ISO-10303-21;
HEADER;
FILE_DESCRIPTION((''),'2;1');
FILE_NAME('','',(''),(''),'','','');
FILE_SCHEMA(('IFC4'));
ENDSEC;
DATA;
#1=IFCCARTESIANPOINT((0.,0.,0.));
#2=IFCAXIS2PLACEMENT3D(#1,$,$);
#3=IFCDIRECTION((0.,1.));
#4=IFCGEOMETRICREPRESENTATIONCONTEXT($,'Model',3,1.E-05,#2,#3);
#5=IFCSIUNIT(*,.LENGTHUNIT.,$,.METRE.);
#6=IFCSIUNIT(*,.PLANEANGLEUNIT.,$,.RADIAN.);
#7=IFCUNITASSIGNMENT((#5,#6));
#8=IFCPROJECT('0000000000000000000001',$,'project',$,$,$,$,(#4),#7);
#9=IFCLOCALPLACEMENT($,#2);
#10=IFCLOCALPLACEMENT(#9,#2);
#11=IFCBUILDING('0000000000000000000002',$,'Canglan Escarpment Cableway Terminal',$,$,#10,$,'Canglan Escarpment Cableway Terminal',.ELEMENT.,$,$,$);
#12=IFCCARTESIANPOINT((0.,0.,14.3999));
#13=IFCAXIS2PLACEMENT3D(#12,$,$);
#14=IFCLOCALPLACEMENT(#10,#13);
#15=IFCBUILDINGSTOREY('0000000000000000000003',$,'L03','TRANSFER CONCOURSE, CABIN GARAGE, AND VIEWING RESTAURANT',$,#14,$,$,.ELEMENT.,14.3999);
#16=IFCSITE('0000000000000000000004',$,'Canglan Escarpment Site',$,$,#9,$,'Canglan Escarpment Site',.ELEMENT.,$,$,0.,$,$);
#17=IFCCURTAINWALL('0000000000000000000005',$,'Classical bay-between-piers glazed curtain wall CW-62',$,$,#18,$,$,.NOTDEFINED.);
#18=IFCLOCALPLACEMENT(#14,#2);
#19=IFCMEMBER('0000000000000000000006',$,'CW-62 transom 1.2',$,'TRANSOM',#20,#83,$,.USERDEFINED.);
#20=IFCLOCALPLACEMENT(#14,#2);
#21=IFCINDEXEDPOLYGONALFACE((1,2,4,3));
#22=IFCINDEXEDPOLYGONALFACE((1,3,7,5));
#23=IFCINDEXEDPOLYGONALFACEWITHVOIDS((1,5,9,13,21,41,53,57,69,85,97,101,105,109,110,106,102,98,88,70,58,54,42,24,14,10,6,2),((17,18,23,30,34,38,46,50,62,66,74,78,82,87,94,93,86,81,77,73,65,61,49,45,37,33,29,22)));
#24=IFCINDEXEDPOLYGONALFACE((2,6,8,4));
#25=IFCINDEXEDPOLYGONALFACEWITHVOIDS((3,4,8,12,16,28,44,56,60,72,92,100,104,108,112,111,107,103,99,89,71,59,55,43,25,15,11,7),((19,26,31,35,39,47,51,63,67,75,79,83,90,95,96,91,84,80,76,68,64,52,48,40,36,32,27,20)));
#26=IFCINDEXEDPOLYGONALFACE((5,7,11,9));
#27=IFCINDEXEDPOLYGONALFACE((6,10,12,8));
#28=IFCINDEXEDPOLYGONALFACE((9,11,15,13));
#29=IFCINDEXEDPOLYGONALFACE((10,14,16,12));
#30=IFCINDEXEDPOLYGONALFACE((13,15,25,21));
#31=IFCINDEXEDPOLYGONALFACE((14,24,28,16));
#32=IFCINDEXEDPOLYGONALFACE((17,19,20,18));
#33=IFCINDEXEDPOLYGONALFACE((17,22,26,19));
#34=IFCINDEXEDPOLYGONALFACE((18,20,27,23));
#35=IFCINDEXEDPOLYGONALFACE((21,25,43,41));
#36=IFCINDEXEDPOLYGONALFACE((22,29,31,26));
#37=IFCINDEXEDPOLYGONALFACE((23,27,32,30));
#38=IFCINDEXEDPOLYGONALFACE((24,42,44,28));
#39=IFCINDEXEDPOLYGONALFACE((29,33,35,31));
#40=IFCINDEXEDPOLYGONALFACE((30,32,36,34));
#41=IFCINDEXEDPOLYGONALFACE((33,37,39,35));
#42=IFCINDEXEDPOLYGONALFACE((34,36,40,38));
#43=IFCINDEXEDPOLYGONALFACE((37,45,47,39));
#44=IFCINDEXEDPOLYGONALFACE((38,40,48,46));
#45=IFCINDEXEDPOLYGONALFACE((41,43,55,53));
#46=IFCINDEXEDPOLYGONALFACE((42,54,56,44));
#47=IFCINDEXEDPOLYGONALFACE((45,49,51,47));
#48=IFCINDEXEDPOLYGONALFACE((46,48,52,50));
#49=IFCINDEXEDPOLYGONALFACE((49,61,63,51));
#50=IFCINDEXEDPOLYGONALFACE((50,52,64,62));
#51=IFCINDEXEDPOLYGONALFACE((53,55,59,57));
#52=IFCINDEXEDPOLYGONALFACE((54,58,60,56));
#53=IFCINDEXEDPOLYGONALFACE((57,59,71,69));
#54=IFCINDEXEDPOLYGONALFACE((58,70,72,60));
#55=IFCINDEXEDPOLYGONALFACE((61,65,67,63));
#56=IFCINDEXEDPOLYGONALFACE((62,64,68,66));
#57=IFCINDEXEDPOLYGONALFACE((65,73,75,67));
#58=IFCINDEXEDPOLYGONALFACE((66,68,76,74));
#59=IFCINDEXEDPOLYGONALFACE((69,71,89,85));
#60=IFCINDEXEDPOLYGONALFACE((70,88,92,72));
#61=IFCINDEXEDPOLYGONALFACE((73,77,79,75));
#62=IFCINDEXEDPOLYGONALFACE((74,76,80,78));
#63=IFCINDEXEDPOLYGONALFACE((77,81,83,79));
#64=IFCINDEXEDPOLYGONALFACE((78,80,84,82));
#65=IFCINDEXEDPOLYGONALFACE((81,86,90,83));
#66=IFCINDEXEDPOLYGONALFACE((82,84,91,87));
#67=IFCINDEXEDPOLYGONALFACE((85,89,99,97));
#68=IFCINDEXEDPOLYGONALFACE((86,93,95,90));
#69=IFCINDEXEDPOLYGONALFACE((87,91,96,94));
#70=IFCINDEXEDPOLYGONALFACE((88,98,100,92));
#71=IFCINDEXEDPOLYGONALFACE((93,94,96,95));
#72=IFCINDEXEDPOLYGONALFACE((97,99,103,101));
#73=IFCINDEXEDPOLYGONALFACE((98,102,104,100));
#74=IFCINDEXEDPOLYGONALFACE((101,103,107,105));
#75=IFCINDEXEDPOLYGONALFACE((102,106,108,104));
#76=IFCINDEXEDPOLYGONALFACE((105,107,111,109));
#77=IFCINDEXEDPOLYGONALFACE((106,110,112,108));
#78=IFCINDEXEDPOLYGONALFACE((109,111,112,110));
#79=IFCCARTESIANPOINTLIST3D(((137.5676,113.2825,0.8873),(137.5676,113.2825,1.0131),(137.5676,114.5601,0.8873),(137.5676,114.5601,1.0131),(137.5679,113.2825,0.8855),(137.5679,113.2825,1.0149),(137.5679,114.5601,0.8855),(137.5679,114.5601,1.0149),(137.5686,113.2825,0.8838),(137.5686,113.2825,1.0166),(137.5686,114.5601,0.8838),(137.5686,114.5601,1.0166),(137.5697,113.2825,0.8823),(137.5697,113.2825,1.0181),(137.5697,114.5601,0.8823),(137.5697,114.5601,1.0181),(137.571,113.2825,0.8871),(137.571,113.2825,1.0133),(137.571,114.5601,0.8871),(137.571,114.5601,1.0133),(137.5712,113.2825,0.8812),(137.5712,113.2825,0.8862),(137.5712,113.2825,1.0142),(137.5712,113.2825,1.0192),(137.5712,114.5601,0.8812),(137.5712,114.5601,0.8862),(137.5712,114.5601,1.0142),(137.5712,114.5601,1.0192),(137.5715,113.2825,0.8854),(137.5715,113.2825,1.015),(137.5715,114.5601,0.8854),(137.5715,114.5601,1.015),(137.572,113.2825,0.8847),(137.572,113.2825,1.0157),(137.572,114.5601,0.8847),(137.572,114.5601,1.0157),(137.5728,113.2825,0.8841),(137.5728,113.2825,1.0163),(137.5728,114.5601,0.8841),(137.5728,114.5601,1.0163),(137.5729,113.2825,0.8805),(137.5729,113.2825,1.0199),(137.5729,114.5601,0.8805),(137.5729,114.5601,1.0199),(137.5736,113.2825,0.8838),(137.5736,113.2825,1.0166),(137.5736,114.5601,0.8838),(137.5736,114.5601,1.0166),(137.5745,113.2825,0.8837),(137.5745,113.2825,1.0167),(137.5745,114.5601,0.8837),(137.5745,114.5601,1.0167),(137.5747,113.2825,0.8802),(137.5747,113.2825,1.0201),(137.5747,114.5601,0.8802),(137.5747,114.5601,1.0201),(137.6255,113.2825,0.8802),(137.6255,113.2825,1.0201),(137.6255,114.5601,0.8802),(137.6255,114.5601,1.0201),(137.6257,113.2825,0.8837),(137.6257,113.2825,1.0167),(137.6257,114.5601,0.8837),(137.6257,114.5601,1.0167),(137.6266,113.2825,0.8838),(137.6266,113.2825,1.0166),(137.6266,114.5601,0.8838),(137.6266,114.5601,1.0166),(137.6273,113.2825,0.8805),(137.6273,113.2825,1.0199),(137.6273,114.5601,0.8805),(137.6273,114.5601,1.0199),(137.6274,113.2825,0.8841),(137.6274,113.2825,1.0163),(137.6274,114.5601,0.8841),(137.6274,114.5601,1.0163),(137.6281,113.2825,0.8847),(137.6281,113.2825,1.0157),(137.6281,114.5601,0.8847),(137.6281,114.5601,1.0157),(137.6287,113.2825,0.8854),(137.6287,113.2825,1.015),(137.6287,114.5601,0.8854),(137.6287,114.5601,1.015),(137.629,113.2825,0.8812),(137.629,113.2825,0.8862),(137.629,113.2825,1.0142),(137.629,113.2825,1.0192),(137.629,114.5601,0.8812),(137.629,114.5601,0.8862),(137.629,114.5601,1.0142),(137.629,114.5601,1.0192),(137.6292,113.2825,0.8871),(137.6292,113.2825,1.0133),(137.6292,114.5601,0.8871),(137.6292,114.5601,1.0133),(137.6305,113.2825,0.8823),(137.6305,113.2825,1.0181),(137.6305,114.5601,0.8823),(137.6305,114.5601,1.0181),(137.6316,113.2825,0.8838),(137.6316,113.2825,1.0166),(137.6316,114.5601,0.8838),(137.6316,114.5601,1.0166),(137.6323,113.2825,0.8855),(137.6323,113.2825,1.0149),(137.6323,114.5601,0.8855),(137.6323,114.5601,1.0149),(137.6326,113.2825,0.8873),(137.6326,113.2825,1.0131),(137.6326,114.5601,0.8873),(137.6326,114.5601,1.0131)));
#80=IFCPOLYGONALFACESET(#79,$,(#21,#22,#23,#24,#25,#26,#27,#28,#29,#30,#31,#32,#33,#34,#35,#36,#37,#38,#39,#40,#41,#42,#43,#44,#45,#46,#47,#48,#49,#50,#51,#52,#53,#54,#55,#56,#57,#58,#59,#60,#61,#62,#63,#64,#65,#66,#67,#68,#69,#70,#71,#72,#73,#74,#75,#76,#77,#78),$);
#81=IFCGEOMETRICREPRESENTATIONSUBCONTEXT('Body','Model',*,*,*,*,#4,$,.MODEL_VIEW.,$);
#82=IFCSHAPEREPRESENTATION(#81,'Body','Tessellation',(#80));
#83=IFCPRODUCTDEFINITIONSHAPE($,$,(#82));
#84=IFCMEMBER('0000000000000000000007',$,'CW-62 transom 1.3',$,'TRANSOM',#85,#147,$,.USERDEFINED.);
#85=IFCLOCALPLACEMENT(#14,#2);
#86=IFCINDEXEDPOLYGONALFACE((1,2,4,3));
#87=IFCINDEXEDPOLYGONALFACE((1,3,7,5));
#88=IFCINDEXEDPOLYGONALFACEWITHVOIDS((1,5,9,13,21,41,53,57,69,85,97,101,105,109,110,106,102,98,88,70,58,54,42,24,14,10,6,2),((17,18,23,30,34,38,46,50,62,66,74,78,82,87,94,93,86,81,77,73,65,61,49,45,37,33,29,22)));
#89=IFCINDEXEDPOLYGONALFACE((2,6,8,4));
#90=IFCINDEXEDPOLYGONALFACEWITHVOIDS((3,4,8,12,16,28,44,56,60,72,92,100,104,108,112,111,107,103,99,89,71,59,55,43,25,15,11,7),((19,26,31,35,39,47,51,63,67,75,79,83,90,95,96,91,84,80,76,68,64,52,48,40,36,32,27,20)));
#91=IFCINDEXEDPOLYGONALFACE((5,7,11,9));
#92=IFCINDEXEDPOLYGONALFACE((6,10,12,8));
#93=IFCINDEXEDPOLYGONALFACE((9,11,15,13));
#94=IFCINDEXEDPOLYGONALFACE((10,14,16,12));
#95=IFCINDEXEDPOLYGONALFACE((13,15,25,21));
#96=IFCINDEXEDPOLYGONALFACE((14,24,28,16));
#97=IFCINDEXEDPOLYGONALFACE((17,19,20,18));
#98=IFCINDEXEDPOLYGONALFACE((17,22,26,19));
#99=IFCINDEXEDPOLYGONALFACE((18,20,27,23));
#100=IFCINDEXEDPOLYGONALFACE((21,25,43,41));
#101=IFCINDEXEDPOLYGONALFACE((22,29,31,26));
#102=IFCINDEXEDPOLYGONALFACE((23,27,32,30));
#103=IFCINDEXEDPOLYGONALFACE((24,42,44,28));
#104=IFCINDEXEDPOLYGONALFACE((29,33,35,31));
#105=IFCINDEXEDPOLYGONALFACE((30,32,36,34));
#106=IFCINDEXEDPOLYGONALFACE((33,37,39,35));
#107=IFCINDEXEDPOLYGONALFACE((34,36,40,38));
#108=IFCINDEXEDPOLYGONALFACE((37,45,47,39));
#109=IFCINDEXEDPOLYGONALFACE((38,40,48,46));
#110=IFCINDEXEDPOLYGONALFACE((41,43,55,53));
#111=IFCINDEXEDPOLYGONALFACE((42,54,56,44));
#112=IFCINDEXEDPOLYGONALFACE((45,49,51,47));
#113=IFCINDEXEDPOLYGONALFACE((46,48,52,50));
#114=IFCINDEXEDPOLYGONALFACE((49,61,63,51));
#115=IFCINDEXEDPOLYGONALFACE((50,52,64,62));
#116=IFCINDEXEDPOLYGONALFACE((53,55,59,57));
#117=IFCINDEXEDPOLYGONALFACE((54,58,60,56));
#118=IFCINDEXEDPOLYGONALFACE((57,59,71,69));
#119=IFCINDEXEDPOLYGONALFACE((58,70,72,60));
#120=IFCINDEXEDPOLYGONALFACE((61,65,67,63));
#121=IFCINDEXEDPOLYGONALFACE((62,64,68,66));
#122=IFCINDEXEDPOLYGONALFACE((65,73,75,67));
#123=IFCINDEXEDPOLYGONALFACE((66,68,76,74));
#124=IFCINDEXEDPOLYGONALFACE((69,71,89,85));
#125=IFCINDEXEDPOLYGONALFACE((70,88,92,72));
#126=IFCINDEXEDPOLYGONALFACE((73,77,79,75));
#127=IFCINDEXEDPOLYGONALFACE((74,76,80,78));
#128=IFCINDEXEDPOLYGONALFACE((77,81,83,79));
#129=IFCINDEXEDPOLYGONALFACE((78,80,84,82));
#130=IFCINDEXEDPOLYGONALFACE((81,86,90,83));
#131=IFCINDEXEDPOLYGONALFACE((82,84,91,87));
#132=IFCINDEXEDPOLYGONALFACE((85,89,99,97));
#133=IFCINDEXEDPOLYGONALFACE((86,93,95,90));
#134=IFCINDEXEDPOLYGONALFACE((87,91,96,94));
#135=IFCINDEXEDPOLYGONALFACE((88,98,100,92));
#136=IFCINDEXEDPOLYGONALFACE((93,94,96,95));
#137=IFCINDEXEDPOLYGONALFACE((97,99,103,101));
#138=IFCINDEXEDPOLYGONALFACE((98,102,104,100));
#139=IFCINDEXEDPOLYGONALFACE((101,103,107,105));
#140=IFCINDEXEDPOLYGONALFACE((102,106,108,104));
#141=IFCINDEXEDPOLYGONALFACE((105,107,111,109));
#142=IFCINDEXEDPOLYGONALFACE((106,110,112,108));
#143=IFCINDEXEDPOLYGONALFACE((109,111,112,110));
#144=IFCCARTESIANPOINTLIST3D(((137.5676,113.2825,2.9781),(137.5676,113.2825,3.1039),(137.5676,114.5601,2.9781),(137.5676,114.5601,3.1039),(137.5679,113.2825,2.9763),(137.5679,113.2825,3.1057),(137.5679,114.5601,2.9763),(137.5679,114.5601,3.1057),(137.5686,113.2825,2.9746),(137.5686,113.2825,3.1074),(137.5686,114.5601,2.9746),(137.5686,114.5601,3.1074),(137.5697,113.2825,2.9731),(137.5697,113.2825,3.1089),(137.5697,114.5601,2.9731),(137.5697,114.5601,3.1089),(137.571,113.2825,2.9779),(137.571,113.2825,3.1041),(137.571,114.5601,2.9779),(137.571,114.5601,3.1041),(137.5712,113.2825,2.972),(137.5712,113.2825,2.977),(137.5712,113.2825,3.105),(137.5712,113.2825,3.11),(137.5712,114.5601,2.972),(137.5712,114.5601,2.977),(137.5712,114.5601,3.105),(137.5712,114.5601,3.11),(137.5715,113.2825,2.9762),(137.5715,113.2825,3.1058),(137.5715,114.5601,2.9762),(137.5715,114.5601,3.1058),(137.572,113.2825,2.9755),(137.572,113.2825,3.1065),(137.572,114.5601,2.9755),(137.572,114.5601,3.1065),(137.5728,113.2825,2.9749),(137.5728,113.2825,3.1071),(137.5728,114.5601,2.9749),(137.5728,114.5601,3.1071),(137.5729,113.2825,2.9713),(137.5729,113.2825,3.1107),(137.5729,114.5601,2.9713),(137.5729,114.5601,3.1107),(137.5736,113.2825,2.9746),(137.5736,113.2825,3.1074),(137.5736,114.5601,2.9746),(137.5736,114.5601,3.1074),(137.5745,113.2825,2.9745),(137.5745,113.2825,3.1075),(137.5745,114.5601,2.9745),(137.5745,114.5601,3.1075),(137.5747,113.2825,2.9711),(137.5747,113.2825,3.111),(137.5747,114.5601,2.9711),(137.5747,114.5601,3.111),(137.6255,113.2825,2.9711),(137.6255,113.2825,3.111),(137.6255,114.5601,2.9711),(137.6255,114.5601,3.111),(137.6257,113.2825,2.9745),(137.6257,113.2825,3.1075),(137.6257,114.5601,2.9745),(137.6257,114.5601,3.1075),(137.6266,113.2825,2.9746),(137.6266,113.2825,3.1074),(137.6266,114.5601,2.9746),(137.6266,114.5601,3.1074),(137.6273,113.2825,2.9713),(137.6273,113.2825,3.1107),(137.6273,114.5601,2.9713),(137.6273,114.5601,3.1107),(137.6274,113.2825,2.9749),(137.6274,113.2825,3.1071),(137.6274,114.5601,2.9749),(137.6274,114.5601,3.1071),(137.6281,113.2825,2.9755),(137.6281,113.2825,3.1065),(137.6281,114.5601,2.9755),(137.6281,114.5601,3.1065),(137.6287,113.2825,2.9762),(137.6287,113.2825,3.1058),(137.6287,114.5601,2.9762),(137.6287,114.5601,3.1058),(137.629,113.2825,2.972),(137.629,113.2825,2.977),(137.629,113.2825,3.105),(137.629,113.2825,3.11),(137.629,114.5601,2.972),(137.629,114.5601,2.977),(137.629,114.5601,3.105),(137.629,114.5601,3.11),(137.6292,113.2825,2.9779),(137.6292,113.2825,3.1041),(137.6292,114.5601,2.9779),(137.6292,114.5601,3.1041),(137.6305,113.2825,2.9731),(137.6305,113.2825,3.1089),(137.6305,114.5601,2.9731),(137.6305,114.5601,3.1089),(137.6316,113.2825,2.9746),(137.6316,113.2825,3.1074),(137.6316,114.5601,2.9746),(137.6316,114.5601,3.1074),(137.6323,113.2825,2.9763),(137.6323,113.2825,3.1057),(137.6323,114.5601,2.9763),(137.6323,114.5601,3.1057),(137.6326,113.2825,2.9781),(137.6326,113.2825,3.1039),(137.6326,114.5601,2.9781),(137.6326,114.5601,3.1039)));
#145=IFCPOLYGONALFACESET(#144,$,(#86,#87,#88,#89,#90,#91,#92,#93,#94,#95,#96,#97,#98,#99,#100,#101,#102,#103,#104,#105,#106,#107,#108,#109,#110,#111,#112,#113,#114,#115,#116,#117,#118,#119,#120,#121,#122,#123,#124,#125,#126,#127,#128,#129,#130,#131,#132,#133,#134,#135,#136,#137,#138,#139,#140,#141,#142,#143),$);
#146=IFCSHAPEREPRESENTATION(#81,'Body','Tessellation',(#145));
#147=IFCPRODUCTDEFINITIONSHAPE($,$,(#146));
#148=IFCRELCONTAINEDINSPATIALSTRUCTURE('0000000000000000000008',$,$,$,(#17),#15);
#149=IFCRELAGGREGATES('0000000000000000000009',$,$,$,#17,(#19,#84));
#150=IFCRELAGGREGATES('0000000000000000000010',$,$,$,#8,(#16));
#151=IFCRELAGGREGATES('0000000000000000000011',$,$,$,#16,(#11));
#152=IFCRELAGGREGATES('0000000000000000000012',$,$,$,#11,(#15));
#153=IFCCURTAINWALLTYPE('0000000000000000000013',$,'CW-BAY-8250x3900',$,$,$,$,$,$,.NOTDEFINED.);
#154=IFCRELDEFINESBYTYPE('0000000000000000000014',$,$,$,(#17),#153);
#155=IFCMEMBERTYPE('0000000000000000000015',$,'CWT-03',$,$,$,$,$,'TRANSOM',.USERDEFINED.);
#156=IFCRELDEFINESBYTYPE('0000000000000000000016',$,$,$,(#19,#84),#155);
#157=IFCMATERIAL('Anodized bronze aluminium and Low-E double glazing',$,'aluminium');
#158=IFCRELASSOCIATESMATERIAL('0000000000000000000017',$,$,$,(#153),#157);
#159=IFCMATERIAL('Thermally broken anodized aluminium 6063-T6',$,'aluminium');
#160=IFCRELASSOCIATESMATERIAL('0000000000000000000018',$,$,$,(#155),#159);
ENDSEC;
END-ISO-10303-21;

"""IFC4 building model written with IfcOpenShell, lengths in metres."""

from ifc_helpers import new_model, si_unit, direction, frame, origin, origin_2d, place, context, subcontext, project, spatial, hollow_rectangle, extrude, material, material_profile, profile_set, type_object, element, aggregate, save


model = new_model("IFC4")

# Units and contexts
model_context = context("Model", 3, precision=1e-05, world=origin(), true_north=direction((0.0, 1.0)))
body_context = subcontext(model_context, "Body", "Model", "MODEL_VIEW")
ifc_project = project(units=[si_unit("LENGTHUNIT", "METRE"), si_unit("PLANEANGLEUNIT", "RADIAN")], contexts=[model_context])

# Site, building, storey
site_placement = place(None, origin())
site = spatial("IfcSite", under=ifc_project, at=site_placement, Name="Canglan Escarpment Site", LongName="Canglan Escarpment Site", CompositionType="ELEMENT", RefElevation=0.0)
building_placement = place(site_placement, origin())
building = spatial("IfcBuilding", under=site, at=building_placement, Name="Canglan Escarpment Cableway Terminal", LongName="Canglan Escarpment Cableway Terminal", CompositionType="ELEMENT")
storey_placement = place(building_placement, frame((0.0, 0.0, 14.3999)))
storey = spatial("IfcBuildingStorey", under=building, at=storey_placement, Name="L03", Description="TRANSFER CONCOURSE, CABIN GARAGE, AND VIEWING RESTAURANT", CompositionType="ELEMENT", Elevation=14.3999)

# Curtain wall, members
ifc_material_1 = material(Name="Anodized bronze aluminium and Low-E double glazing", Category="aluminium")
curtain_wall_type = type_object("IfcCurtainWallType", Name="CW-BAY-8250x3900", PredefinedType="NOTDEFINED", material=ifc_material_1)
curtain_wall_placement = place(storey_placement, origin())
curtain_wall = element("IfcCurtainWall", 1, at=curtain_wall_placement, inside=storey, type_object=curtain_wall_type, Name="Classical bay-between-piers glazed curtain wall CW-62", PredefinedType="NOTDEFINED")
ifc_material_2 = material(Name="Thermally broken anodized aluminium 6063-T6", Category="aluminium")
ifc_material_profile_1 = material_profile(ifc_material_2, hollow_rectangle(XDim=0.0649, YDim=0.1399, WallThickness=0.0034, InnerFilletRadius=0.0034, OuterFilletRadius=0.0071, at=origin_2d()), Name="ALU-TRAN 65x140x3.5")
ifc_profile_set_1 = profile_set([ifc_material_profile_1], Name="Thermally broken anodized aluminium 6063-T6")
member_type_1 = type_object("IfcMemberType", Name="CWT-03", ElementType="TRANSOM", PredefinedType="USERDEFINED", material=ifc_profile_set_1)
member_1_placement = place(storey_placement, frame((137.6001, 114.5601, 0.9502), z_axis=(0.0, -1.0, 0.0), x_axis=(1.0, 0.0, 0.0)))
member_1 = element("IfcMember", 2, at=member_1_placement, type_object=member_type_1, Name="CW-62 transom 1.2", ObjectType="TRANSOM", PredefinedType="USERDEFINED", context=body_context, shape_type="SweptSolid", body=[
    extrude(hollow_rectangle(XDim=0.0649, YDim=0.1399, WallThickness=0.0034, InnerFilletRadius=0.0034, OuterFilletRadius=0.0071, at=origin_2d()), origin(), (0.0, 0.0, 1.0), 1.2776),
])
member_2_placement = place(storey_placement, frame((137.6001, 114.5601, 3.041), z_axis=(0.0, -1.0, 0.0), x_axis=(1.0, 0.0, 0.0)))
member_2 = element("IfcMember", 3, at=member_2_placement, type_object=member_type_1, Name="CW-62 transom 1.3", ObjectType="TRANSOM", PredefinedType="USERDEFINED", context=body_context, shape_type="SweptSolid", body=[
    extrude(hollow_rectangle(XDim=0.0649, YDim=0.1399, WallThickness=0.0034, InnerFilletRadius=0.0034, OuterFilletRadius=0.0071, at=origin_2d()), origin(), (0.0, 0.0, 1.0), 1.2776),
])

aggregate(curtain_wall, [member_1, member_2])

save(model, "model.ifc")
